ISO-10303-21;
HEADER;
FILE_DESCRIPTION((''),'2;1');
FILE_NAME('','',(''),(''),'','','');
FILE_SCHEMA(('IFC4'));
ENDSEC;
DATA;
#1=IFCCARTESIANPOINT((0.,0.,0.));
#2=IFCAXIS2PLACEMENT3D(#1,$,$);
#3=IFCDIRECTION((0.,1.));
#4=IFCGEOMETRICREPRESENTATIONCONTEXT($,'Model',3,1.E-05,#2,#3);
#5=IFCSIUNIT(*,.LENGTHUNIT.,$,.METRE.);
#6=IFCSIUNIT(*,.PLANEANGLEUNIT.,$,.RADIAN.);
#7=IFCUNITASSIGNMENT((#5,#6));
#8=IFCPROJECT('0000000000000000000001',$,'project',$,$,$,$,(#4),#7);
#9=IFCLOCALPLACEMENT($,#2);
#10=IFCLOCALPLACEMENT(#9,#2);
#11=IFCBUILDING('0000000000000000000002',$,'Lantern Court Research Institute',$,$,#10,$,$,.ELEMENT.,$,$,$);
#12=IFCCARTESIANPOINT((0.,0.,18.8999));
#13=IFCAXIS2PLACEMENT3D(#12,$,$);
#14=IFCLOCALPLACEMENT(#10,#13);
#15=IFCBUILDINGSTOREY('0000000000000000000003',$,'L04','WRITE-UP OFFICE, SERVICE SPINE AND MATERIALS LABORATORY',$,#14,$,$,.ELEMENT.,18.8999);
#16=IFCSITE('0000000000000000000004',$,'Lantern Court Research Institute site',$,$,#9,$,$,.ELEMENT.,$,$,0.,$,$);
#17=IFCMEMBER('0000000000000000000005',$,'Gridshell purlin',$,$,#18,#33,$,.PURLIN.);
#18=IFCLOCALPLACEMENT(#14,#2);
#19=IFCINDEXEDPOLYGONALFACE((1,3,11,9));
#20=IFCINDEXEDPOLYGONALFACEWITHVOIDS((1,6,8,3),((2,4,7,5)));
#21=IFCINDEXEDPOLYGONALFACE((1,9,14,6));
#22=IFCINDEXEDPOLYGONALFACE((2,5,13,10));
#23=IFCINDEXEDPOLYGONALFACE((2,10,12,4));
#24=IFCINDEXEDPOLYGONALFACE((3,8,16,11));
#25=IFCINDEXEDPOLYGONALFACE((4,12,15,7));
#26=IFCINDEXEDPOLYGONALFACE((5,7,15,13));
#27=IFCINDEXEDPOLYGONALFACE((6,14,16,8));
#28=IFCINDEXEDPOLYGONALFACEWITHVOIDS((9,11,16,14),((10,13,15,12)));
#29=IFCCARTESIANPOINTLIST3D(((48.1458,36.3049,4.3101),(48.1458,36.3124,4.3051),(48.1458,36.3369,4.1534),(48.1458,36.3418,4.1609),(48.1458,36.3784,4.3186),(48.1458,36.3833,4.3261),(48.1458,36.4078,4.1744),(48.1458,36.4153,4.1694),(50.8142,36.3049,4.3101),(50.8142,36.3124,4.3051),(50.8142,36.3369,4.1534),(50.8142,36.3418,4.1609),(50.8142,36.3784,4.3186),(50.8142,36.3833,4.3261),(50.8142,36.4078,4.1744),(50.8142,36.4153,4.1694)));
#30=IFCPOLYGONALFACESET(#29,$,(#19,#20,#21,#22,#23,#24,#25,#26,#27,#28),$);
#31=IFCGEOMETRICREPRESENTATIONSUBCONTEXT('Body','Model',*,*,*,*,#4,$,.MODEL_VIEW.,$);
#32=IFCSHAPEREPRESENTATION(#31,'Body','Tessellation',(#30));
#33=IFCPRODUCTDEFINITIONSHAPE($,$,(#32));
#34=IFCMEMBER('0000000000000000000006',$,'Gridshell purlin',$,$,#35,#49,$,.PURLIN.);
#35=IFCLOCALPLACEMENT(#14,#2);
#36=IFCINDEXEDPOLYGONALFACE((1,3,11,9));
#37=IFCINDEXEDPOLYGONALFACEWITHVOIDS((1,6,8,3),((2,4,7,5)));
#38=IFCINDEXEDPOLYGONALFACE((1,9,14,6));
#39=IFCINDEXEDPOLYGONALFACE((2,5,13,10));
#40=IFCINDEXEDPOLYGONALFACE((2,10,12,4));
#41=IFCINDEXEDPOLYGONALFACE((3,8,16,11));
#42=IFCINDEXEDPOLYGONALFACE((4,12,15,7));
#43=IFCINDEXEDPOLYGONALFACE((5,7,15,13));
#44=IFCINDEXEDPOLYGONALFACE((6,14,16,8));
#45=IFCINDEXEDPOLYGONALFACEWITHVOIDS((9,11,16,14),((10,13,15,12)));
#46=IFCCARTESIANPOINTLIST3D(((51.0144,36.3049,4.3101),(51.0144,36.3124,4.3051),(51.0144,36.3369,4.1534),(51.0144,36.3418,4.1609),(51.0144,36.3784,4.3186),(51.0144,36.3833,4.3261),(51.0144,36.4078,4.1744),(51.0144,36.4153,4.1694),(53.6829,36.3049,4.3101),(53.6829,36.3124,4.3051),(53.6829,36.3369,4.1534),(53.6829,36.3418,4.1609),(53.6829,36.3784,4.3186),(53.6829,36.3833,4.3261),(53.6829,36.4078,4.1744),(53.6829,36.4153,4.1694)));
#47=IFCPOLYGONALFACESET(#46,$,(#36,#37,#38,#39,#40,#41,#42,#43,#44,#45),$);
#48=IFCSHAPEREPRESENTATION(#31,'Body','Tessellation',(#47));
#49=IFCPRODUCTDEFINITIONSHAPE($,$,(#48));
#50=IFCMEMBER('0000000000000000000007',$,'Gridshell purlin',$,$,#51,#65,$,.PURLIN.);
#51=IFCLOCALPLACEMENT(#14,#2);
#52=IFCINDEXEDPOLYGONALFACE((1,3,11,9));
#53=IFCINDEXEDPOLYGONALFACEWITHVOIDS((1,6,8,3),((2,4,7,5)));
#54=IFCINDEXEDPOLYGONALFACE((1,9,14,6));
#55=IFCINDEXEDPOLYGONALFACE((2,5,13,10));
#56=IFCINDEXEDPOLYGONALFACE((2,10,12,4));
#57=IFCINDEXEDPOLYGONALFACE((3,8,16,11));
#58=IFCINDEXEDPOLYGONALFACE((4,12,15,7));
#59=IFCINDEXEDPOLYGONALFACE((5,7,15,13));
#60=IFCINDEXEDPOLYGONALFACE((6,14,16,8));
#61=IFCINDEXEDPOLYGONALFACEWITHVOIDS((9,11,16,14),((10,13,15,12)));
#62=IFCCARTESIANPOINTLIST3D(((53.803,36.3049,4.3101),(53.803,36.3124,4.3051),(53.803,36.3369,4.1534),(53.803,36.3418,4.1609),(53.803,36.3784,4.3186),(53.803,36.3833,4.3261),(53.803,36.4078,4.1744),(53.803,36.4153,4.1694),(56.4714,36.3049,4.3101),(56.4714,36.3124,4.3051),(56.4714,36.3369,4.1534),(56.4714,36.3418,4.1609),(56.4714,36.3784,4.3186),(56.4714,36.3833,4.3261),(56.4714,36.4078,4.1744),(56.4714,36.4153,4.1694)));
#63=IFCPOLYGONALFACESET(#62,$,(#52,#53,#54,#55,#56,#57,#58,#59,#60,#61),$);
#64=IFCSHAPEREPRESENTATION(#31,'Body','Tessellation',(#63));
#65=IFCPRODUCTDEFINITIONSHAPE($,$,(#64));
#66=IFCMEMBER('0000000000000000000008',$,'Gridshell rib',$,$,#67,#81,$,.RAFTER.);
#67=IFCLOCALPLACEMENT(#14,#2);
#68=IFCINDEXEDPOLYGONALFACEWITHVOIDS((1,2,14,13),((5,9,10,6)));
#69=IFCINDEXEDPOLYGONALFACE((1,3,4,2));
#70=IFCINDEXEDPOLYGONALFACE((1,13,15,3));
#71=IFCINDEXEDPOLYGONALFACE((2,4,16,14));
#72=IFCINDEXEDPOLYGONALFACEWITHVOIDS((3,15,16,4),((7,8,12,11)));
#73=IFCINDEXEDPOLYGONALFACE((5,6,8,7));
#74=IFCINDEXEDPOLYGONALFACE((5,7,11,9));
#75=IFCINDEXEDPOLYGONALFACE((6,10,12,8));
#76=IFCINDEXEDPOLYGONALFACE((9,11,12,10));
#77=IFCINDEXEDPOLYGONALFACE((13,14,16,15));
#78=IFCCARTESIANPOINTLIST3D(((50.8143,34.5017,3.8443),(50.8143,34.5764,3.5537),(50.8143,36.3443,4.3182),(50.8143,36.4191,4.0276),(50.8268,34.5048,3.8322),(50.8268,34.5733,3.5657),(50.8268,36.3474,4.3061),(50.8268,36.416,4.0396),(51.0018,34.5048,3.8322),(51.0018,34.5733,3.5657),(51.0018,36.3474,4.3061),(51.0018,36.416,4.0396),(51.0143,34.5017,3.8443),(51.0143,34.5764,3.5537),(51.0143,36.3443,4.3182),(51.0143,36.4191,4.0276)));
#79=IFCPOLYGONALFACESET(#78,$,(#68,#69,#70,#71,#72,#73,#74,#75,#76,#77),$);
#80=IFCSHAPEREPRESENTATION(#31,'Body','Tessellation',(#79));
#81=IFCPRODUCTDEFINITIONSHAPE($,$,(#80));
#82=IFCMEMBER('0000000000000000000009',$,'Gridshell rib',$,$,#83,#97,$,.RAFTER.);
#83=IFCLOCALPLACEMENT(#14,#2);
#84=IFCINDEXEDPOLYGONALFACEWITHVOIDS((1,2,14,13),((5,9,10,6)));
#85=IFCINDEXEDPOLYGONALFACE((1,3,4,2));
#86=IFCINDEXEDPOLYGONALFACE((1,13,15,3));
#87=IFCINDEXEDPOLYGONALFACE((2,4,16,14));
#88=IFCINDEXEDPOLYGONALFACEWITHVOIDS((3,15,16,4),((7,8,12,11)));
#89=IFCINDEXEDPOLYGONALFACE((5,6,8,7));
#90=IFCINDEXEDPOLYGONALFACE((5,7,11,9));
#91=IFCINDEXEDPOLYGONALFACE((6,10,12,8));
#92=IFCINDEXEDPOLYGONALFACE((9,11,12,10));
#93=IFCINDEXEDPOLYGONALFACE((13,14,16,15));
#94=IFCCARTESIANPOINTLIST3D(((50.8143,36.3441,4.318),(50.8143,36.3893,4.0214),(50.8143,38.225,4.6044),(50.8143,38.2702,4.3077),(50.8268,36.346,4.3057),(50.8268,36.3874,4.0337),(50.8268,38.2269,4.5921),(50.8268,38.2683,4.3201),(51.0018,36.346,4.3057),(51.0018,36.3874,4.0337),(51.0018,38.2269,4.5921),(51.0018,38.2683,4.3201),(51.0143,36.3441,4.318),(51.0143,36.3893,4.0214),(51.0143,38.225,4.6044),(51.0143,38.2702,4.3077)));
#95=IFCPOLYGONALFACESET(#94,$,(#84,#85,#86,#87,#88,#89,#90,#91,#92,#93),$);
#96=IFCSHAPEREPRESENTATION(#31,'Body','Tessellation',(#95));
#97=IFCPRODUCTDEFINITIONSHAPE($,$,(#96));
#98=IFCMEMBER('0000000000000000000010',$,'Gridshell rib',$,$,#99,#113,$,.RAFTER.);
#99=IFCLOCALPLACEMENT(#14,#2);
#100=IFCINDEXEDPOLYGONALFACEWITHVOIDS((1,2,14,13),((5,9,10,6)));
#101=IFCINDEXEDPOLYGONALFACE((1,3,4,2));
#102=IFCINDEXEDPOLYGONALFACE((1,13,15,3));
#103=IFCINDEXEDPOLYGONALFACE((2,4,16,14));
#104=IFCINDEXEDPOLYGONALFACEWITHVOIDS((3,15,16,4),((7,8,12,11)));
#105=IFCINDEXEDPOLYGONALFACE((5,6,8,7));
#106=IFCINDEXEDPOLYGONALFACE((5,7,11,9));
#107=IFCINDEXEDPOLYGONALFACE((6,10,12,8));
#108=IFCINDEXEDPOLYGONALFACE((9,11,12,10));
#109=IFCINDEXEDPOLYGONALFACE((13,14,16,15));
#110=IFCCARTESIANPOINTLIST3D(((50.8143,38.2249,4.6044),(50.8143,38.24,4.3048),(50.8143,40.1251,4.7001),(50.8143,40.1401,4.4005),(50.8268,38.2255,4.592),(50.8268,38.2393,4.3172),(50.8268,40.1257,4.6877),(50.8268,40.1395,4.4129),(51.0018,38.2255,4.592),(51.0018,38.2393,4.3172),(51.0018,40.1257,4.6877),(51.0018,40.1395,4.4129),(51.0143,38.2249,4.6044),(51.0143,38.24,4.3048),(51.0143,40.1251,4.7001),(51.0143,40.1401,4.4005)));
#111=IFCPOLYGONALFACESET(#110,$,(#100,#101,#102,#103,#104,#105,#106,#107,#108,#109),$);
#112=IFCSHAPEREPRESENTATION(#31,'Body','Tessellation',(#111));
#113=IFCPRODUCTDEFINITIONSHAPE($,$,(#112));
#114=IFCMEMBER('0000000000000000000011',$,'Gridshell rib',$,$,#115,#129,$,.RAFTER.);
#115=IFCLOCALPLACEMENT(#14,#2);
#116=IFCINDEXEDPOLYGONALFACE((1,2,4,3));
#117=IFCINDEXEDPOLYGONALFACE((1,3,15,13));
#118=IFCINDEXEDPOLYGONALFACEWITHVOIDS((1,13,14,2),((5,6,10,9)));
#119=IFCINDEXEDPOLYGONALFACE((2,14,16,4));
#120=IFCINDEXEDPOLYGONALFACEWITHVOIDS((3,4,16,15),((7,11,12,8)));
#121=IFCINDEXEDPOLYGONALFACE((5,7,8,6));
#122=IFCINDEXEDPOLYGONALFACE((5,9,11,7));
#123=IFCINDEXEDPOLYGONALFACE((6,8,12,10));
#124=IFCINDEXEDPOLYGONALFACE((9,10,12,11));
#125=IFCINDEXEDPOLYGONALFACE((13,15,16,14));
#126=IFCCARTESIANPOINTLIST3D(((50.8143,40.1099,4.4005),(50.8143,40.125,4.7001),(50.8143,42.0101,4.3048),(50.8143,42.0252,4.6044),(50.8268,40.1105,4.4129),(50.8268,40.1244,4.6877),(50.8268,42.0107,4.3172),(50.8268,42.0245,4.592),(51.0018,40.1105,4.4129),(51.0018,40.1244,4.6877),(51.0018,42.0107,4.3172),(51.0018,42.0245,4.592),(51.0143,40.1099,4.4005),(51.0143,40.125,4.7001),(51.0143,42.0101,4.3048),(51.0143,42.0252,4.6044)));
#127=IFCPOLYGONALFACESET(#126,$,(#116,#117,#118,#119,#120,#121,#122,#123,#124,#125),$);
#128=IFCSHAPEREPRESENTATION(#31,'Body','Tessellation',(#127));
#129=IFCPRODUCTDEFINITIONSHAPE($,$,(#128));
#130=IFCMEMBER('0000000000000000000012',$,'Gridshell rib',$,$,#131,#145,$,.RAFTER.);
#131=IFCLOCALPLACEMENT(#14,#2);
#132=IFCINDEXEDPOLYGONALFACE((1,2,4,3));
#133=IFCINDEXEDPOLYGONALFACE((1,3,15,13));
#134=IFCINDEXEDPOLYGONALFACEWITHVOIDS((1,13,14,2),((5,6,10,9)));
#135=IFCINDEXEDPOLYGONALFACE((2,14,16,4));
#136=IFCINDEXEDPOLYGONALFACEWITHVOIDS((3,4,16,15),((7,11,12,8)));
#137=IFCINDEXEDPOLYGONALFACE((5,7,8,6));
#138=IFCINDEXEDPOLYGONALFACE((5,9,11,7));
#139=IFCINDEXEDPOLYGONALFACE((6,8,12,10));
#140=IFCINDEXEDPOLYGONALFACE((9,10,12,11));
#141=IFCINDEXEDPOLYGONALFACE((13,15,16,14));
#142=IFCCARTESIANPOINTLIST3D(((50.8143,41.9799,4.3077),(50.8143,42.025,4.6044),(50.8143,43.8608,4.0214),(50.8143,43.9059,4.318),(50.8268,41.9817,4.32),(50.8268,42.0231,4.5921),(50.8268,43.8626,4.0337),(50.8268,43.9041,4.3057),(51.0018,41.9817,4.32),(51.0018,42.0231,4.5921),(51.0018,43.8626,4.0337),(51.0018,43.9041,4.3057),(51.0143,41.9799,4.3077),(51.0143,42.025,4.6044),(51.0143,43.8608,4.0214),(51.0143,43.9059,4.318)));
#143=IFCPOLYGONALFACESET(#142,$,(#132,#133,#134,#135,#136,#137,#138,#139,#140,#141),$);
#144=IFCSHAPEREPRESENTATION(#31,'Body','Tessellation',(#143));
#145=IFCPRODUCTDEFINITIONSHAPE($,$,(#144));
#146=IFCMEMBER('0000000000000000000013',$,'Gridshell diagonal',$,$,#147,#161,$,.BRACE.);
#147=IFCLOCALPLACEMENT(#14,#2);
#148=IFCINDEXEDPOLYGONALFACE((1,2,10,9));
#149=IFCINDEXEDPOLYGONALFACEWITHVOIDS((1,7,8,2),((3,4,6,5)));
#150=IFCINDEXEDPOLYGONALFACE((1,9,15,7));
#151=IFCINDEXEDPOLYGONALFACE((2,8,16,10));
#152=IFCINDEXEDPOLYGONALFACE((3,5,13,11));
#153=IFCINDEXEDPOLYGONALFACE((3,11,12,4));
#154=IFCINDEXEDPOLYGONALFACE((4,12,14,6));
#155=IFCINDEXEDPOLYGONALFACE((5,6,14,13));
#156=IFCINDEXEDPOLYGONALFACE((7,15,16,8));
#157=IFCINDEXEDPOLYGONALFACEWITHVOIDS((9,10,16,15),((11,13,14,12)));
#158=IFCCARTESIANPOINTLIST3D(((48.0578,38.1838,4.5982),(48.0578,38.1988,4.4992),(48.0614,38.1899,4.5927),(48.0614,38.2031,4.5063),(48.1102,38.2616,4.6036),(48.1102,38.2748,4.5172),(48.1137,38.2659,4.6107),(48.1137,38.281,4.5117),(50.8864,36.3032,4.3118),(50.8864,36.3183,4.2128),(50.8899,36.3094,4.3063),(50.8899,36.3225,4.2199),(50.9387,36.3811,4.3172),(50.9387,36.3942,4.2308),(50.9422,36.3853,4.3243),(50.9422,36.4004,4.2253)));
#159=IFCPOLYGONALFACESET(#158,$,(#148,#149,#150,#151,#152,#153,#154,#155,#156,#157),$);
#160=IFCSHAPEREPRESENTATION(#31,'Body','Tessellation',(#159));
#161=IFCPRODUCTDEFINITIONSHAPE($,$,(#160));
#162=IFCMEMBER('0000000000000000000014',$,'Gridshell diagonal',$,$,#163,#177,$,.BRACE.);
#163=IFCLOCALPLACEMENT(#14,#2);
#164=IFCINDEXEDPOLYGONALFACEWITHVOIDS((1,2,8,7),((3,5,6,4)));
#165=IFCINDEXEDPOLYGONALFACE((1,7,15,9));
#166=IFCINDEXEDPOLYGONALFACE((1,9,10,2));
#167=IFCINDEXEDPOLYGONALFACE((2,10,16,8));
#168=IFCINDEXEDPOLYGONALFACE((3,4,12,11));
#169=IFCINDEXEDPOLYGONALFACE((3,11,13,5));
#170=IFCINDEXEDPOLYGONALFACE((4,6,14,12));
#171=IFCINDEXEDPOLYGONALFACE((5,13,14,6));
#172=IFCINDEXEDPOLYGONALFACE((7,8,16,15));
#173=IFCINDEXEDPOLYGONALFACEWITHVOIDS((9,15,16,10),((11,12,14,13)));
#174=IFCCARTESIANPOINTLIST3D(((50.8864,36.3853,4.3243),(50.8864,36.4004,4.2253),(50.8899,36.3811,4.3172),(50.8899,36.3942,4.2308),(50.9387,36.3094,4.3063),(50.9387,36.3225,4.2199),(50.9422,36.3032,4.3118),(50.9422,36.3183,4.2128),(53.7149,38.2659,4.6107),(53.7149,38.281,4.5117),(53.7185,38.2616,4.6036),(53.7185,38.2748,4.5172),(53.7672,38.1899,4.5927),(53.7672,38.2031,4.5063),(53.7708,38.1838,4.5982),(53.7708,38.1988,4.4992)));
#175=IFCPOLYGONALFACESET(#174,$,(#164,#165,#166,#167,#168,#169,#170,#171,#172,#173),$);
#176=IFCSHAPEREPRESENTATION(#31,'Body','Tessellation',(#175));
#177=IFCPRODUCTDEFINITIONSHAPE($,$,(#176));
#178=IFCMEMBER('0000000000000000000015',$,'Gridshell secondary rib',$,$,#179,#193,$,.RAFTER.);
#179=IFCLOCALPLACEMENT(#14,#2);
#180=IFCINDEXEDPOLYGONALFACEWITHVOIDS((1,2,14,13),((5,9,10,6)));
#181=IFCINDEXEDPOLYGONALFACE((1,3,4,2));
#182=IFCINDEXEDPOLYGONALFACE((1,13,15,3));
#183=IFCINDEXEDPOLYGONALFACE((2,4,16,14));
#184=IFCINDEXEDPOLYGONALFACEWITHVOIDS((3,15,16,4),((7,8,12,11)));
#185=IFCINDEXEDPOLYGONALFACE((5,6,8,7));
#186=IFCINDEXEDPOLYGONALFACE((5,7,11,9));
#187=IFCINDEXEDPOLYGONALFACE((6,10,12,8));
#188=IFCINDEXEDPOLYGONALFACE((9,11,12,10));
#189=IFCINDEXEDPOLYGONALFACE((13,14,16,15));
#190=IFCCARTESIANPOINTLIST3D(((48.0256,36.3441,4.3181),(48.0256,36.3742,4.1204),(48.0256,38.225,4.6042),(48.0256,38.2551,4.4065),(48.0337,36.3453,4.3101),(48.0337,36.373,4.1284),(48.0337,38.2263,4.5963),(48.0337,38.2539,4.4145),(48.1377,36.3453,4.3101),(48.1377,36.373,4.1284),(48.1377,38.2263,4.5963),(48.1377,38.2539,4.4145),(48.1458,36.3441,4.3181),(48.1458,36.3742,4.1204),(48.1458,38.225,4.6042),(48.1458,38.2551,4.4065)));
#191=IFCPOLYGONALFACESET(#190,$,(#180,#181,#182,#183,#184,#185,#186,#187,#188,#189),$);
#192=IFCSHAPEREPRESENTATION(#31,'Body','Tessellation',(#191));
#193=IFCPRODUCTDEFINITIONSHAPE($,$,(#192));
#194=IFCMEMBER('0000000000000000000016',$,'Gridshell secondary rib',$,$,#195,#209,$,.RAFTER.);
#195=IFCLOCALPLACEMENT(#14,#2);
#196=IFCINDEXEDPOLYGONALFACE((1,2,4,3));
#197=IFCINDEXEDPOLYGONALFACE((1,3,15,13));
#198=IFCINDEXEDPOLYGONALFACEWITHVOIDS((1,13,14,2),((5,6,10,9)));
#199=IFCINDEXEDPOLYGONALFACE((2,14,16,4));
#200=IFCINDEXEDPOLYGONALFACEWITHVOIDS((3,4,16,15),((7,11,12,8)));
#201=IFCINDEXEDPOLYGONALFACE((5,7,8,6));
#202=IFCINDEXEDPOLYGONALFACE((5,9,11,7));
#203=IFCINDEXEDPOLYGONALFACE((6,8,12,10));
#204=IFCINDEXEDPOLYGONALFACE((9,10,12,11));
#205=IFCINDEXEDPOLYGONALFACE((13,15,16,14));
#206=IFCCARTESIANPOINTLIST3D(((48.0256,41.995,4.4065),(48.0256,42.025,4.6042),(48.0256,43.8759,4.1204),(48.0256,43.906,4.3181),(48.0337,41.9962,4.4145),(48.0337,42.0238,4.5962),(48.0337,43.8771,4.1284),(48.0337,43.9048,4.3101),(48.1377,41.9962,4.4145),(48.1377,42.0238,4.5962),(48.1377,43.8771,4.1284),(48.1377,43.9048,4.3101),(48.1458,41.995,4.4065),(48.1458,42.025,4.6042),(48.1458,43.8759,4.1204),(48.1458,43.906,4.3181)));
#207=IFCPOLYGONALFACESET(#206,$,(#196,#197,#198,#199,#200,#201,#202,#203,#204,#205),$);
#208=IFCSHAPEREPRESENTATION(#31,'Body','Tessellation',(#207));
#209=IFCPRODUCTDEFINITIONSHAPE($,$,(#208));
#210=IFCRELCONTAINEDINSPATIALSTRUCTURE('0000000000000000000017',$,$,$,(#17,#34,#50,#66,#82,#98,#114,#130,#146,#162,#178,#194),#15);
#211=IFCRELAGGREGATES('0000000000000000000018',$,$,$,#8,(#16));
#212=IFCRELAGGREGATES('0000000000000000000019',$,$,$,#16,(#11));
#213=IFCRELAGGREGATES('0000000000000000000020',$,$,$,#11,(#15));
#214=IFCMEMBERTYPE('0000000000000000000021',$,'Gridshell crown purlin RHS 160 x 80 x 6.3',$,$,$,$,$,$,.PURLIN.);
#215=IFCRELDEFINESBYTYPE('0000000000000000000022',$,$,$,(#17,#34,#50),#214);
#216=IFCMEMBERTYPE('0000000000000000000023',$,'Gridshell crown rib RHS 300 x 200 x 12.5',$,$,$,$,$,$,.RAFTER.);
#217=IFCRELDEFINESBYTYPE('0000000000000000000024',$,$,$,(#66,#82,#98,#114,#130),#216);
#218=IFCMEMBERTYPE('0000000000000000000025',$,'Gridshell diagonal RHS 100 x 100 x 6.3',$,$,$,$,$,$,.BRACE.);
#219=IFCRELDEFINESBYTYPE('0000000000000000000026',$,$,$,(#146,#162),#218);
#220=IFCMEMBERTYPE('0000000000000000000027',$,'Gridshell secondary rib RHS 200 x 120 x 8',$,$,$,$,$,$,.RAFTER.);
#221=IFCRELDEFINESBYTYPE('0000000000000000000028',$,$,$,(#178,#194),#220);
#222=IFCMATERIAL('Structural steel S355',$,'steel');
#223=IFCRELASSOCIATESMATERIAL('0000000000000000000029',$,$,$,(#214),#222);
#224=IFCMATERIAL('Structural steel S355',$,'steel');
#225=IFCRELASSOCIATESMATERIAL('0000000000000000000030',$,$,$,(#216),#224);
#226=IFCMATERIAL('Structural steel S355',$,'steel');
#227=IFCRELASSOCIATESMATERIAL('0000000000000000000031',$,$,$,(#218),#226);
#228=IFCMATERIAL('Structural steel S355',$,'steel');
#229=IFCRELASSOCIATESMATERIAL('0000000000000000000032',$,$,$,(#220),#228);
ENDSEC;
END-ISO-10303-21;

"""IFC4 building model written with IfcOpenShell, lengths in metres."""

from ifc_helpers import new_model, si_unit, direction, frame, origin, origin_2d, place, context, subcontext, project, spatial, hollow_rectangle, extrude, material, material_profile, profile_set, type_object, element, save


model = new_model("IFC4")

# Units and contexts
model_context = context("Model", 3, precision=1e-05, world=origin(), true_north=direction((0.0, 1.0)))
body_context = subcontext(model_context, "Body", "Model", "MODEL_VIEW")
ifc_project = project(units=[si_unit("LENGTHUNIT", "METRE"), si_unit("PLANEANGLEUNIT", "RADIAN")], contexts=[model_context])

# Site, building, storey
site_placement = place(None, origin())
site = spatial("IfcSite", under=ifc_project, at=site_placement, Name="Lantern Court Research Institute site", CompositionType="ELEMENT", RefElevation=0.0)
building_placement = place(site_placement, origin())
building = spatial("IfcBuilding", under=site, at=building_placement, Name="Lantern Court Research Institute", CompositionType="ELEMENT")
storey_placement = place(building_placement, frame((0.0, 0.0, 18.8999)))
storey = spatial("IfcBuildingStorey", under=building, at=storey_placement, Name="L04", Description="WRITE-UP OFFICE, SERVICE SPINE AND MATERIALS LABORATORY", CompositionType="ELEMENT", Elevation=18.8999)

# Members
ifc_material_1 = material(Name="Structural steel S355", Category="steel")
ifc_material_profile_1 = material_profile(ifc_material_1, hollow_rectangle(XDim=0.0801, YDim=0.1599, WallThickness=0.0063, at=origin_2d()), Name="Gridshell crown purlin RHS 160 x 80 x 6.3")
ifc_profile_set_1 = profile_set([ifc_material_profile_1], Name="Structural steel S355")
member_type_1 = type_object("IfcMemberType", Name="Gridshell crown purlin RHS 160 x 80 x 6.3", PredefinedType="PURLIN", material=ifc_profile_set_1)
for number, where, z_axis, x_axis, name in (
    (1, (48.1458, 36.3601, 4.2397), (1.0, 0.0, 0.0), (0.0, 0.979787, 0.200043), "Gridshell purlin"),
    (2, (51.0144, 36.3601, 4.2397), (1.0, 0.0, 0.0), (0.0, 0.979787, 0.200043), "Gridshell purlin"),
    (3, (53.803, 36.3601, 4.2397), (1.0, 0.0, 0.0), (0.0, 0.979787, 0.200043), "Gridshell purlin"),
):
    element("IfcMember", number, at=place(storey_placement, frame(where, z_axis=z_axis, x_axis=x_axis)), inside=storey, type_object=member_type_1, Name=name, PredefinedType="PURLIN", context=body_context, shape_type="SweptSolid", body=[
        extrude(hollow_rectangle(XDim=0.0801, YDim=0.1599, WallThickness=0.0063, at=origin_2d()), origin(), (0.0, 0.0, 1.0), 2.6685),
    ])
ifc_material_2 = material(Name="Structural steel S355", Category="steel")
ifc_material_profile_2 = material_profile(ifc_material_2, hollow_rectangle(XDim=0.2, YDim=0.3, WallThickness=0.0125, at=origin_2d()), Name="Gridshell crown rib RHS 300 x 200 x 12.5")
ifc_profile_set_2 = profile_set([ifc_material_profile_2], Name="Structural steel S355")
member_type_2 = type_object("IfcMemberType", Name="Gridshell crown rib RHS 300 x 200 x 12.5", PredefinedType="RAFTER", material=ifc_profile_set_2)
for number, where, z_axis, x_axis, name in (
    (4, (50.9143, 34.5391, 3.699), (0.0, 0.968482, 0.249082), (-1.0, 0.0, 0.0), "Gridshell rib"),
    (5, (50.9143, 36.3667, 4.1697), (0.0, 0.988606, 0.150524), (-1.0, 0.0, 0.0), "Gridshell rib"),
    (6, (50.9143, 38.2324, 4.4546), (0.0, 0.998734, 0.050302), (-1.0, 0.0, 0.0), "Gridshell rib"),
    (7, (50.9143, 40.1174, 4.5503), (0.0, 0.998734, -0.050302), (-1.0, 0.0, 0.0), "Gridshell rib"),
    (8, (50.9143, 42.0024, 4.4561), (0.0, 0.988606, -0.150524), (-1.0, 0.0, 0.0), "Gridshell rib"),
):
    element("IfcMember", number, at=place(storey_placement, frame(where, z_axis=z_axis, x_axis=x_axis)), inside=storey, type_object=member_type_2, Name=name, PredefinedType="RAFTER", context=body_context, shape_type="SweptSolid", body=[
        extrude(hollow_rectangle(XDim=0.2, YDim=0.3, WallThickness=0.0125, at=origin_2d()), origin(), (0.0, 0.0, 1.0), 1.9026),
    ])
ifc_material_3 = material(Name="Structural steel S355", Category="steel")
ifc_material_profile_3 = material_profile(ifc_material_3, hollow_rectangle(XDim=0.1001, YDim=0.1001, WallThickness=0.0063, at=origin_2d()), Name="Gridshell diagonal RHS 100 x 100 x 6.3")
ifc_profile_set_3 = profile_set([ifc_material_profile_3], Name="Structural steel S355")
member_type_3 = type_object("IfcMemberType", Name="Gridshell diagonal RHS 100 x 100 x 6.3", PredefinedType="BRACE", material=ifc_profile_set_3)
for number, where, z_axis, x_axis, name in (
    (9, (50.9143, 36.3518, 4.2686), (-0.829802, 0.551698, 0.084012), (-0.558057, -0.820354, -0.124863), "Gridshell diagonal"),
    (10, (50.9143, 36.3518, 4.2686), (0.829802, 0.551698, 0.084012), (-0.558057, 0.820354, 0.124863), "Gridshell diagonal"),
):
    element("IfcMember", number, at=place(storey_placement, frame(where, z_axis=z_axis, x_axis=x_axis)), inside=storey, type_object=member_type_3, Name=name, PredefinedType="BRACE", context=body_context, shape_type="SweptSolid", body=[
        extrude(hollow_rectangle(XDim=0.1001, YDim=0.1001, WallThickness=0.0063, at=origin_2d()), origin(), (0.0, 0.0, 1.0), 3.4087),
    ])
ifc_material_4 = material(Name="Structural steel S355", Category="steel")
ifc_material_profile_4 = material_profile(ifc_material_4, hollow_rectangle(XDim=0.1201, YDim=0.2, WallThickness=0.0081, at=origin_2d()), Name="Gridshell secondary rib RHS 200 x 120 x 8")
ifc_profile_set_4 = profile_set([ifc_material_profile_4], Name="Structural steel S355")
member_type_4 = type_object("IfcMemberType", Name="Gridshell secondary rib RHS 200 x 120 x 8", PredefinedType="RAFTER", material=ifc_profile_set_4)
for number, where, z_axis, x_axis, name in (
    (11, (48.0857, 36.3591, 4.2192), (0.0, 0.988625, 0.150398), (-1.0, 0.0, 0.0), "Gridshell secondary rib"),
    (12, (48.0857, 42.01, 4.5054), (0.0, 0.988625, -0.150398), (-1.0, 0.0, 0.0), "Gridshell secondary rib"),
):
    element("IfcMember", number, at=place(storey_placement, frame(where, z_axis=z_axis, x_axis=x_axis)), inside=storey, type_object=member_type_4, Name=name, PredefinedType="RAFTER", context=body_context, shape_type="SweptSolid", body=[
        extrude(hollow_rectangle(XDim=0.1201, YDim=0.2, WallThickness=0.0081, at=origin_2d()), origin(), (0.0, 0.0, 1.0), 1.9026),
    ])

save(model, "model.ifc")
